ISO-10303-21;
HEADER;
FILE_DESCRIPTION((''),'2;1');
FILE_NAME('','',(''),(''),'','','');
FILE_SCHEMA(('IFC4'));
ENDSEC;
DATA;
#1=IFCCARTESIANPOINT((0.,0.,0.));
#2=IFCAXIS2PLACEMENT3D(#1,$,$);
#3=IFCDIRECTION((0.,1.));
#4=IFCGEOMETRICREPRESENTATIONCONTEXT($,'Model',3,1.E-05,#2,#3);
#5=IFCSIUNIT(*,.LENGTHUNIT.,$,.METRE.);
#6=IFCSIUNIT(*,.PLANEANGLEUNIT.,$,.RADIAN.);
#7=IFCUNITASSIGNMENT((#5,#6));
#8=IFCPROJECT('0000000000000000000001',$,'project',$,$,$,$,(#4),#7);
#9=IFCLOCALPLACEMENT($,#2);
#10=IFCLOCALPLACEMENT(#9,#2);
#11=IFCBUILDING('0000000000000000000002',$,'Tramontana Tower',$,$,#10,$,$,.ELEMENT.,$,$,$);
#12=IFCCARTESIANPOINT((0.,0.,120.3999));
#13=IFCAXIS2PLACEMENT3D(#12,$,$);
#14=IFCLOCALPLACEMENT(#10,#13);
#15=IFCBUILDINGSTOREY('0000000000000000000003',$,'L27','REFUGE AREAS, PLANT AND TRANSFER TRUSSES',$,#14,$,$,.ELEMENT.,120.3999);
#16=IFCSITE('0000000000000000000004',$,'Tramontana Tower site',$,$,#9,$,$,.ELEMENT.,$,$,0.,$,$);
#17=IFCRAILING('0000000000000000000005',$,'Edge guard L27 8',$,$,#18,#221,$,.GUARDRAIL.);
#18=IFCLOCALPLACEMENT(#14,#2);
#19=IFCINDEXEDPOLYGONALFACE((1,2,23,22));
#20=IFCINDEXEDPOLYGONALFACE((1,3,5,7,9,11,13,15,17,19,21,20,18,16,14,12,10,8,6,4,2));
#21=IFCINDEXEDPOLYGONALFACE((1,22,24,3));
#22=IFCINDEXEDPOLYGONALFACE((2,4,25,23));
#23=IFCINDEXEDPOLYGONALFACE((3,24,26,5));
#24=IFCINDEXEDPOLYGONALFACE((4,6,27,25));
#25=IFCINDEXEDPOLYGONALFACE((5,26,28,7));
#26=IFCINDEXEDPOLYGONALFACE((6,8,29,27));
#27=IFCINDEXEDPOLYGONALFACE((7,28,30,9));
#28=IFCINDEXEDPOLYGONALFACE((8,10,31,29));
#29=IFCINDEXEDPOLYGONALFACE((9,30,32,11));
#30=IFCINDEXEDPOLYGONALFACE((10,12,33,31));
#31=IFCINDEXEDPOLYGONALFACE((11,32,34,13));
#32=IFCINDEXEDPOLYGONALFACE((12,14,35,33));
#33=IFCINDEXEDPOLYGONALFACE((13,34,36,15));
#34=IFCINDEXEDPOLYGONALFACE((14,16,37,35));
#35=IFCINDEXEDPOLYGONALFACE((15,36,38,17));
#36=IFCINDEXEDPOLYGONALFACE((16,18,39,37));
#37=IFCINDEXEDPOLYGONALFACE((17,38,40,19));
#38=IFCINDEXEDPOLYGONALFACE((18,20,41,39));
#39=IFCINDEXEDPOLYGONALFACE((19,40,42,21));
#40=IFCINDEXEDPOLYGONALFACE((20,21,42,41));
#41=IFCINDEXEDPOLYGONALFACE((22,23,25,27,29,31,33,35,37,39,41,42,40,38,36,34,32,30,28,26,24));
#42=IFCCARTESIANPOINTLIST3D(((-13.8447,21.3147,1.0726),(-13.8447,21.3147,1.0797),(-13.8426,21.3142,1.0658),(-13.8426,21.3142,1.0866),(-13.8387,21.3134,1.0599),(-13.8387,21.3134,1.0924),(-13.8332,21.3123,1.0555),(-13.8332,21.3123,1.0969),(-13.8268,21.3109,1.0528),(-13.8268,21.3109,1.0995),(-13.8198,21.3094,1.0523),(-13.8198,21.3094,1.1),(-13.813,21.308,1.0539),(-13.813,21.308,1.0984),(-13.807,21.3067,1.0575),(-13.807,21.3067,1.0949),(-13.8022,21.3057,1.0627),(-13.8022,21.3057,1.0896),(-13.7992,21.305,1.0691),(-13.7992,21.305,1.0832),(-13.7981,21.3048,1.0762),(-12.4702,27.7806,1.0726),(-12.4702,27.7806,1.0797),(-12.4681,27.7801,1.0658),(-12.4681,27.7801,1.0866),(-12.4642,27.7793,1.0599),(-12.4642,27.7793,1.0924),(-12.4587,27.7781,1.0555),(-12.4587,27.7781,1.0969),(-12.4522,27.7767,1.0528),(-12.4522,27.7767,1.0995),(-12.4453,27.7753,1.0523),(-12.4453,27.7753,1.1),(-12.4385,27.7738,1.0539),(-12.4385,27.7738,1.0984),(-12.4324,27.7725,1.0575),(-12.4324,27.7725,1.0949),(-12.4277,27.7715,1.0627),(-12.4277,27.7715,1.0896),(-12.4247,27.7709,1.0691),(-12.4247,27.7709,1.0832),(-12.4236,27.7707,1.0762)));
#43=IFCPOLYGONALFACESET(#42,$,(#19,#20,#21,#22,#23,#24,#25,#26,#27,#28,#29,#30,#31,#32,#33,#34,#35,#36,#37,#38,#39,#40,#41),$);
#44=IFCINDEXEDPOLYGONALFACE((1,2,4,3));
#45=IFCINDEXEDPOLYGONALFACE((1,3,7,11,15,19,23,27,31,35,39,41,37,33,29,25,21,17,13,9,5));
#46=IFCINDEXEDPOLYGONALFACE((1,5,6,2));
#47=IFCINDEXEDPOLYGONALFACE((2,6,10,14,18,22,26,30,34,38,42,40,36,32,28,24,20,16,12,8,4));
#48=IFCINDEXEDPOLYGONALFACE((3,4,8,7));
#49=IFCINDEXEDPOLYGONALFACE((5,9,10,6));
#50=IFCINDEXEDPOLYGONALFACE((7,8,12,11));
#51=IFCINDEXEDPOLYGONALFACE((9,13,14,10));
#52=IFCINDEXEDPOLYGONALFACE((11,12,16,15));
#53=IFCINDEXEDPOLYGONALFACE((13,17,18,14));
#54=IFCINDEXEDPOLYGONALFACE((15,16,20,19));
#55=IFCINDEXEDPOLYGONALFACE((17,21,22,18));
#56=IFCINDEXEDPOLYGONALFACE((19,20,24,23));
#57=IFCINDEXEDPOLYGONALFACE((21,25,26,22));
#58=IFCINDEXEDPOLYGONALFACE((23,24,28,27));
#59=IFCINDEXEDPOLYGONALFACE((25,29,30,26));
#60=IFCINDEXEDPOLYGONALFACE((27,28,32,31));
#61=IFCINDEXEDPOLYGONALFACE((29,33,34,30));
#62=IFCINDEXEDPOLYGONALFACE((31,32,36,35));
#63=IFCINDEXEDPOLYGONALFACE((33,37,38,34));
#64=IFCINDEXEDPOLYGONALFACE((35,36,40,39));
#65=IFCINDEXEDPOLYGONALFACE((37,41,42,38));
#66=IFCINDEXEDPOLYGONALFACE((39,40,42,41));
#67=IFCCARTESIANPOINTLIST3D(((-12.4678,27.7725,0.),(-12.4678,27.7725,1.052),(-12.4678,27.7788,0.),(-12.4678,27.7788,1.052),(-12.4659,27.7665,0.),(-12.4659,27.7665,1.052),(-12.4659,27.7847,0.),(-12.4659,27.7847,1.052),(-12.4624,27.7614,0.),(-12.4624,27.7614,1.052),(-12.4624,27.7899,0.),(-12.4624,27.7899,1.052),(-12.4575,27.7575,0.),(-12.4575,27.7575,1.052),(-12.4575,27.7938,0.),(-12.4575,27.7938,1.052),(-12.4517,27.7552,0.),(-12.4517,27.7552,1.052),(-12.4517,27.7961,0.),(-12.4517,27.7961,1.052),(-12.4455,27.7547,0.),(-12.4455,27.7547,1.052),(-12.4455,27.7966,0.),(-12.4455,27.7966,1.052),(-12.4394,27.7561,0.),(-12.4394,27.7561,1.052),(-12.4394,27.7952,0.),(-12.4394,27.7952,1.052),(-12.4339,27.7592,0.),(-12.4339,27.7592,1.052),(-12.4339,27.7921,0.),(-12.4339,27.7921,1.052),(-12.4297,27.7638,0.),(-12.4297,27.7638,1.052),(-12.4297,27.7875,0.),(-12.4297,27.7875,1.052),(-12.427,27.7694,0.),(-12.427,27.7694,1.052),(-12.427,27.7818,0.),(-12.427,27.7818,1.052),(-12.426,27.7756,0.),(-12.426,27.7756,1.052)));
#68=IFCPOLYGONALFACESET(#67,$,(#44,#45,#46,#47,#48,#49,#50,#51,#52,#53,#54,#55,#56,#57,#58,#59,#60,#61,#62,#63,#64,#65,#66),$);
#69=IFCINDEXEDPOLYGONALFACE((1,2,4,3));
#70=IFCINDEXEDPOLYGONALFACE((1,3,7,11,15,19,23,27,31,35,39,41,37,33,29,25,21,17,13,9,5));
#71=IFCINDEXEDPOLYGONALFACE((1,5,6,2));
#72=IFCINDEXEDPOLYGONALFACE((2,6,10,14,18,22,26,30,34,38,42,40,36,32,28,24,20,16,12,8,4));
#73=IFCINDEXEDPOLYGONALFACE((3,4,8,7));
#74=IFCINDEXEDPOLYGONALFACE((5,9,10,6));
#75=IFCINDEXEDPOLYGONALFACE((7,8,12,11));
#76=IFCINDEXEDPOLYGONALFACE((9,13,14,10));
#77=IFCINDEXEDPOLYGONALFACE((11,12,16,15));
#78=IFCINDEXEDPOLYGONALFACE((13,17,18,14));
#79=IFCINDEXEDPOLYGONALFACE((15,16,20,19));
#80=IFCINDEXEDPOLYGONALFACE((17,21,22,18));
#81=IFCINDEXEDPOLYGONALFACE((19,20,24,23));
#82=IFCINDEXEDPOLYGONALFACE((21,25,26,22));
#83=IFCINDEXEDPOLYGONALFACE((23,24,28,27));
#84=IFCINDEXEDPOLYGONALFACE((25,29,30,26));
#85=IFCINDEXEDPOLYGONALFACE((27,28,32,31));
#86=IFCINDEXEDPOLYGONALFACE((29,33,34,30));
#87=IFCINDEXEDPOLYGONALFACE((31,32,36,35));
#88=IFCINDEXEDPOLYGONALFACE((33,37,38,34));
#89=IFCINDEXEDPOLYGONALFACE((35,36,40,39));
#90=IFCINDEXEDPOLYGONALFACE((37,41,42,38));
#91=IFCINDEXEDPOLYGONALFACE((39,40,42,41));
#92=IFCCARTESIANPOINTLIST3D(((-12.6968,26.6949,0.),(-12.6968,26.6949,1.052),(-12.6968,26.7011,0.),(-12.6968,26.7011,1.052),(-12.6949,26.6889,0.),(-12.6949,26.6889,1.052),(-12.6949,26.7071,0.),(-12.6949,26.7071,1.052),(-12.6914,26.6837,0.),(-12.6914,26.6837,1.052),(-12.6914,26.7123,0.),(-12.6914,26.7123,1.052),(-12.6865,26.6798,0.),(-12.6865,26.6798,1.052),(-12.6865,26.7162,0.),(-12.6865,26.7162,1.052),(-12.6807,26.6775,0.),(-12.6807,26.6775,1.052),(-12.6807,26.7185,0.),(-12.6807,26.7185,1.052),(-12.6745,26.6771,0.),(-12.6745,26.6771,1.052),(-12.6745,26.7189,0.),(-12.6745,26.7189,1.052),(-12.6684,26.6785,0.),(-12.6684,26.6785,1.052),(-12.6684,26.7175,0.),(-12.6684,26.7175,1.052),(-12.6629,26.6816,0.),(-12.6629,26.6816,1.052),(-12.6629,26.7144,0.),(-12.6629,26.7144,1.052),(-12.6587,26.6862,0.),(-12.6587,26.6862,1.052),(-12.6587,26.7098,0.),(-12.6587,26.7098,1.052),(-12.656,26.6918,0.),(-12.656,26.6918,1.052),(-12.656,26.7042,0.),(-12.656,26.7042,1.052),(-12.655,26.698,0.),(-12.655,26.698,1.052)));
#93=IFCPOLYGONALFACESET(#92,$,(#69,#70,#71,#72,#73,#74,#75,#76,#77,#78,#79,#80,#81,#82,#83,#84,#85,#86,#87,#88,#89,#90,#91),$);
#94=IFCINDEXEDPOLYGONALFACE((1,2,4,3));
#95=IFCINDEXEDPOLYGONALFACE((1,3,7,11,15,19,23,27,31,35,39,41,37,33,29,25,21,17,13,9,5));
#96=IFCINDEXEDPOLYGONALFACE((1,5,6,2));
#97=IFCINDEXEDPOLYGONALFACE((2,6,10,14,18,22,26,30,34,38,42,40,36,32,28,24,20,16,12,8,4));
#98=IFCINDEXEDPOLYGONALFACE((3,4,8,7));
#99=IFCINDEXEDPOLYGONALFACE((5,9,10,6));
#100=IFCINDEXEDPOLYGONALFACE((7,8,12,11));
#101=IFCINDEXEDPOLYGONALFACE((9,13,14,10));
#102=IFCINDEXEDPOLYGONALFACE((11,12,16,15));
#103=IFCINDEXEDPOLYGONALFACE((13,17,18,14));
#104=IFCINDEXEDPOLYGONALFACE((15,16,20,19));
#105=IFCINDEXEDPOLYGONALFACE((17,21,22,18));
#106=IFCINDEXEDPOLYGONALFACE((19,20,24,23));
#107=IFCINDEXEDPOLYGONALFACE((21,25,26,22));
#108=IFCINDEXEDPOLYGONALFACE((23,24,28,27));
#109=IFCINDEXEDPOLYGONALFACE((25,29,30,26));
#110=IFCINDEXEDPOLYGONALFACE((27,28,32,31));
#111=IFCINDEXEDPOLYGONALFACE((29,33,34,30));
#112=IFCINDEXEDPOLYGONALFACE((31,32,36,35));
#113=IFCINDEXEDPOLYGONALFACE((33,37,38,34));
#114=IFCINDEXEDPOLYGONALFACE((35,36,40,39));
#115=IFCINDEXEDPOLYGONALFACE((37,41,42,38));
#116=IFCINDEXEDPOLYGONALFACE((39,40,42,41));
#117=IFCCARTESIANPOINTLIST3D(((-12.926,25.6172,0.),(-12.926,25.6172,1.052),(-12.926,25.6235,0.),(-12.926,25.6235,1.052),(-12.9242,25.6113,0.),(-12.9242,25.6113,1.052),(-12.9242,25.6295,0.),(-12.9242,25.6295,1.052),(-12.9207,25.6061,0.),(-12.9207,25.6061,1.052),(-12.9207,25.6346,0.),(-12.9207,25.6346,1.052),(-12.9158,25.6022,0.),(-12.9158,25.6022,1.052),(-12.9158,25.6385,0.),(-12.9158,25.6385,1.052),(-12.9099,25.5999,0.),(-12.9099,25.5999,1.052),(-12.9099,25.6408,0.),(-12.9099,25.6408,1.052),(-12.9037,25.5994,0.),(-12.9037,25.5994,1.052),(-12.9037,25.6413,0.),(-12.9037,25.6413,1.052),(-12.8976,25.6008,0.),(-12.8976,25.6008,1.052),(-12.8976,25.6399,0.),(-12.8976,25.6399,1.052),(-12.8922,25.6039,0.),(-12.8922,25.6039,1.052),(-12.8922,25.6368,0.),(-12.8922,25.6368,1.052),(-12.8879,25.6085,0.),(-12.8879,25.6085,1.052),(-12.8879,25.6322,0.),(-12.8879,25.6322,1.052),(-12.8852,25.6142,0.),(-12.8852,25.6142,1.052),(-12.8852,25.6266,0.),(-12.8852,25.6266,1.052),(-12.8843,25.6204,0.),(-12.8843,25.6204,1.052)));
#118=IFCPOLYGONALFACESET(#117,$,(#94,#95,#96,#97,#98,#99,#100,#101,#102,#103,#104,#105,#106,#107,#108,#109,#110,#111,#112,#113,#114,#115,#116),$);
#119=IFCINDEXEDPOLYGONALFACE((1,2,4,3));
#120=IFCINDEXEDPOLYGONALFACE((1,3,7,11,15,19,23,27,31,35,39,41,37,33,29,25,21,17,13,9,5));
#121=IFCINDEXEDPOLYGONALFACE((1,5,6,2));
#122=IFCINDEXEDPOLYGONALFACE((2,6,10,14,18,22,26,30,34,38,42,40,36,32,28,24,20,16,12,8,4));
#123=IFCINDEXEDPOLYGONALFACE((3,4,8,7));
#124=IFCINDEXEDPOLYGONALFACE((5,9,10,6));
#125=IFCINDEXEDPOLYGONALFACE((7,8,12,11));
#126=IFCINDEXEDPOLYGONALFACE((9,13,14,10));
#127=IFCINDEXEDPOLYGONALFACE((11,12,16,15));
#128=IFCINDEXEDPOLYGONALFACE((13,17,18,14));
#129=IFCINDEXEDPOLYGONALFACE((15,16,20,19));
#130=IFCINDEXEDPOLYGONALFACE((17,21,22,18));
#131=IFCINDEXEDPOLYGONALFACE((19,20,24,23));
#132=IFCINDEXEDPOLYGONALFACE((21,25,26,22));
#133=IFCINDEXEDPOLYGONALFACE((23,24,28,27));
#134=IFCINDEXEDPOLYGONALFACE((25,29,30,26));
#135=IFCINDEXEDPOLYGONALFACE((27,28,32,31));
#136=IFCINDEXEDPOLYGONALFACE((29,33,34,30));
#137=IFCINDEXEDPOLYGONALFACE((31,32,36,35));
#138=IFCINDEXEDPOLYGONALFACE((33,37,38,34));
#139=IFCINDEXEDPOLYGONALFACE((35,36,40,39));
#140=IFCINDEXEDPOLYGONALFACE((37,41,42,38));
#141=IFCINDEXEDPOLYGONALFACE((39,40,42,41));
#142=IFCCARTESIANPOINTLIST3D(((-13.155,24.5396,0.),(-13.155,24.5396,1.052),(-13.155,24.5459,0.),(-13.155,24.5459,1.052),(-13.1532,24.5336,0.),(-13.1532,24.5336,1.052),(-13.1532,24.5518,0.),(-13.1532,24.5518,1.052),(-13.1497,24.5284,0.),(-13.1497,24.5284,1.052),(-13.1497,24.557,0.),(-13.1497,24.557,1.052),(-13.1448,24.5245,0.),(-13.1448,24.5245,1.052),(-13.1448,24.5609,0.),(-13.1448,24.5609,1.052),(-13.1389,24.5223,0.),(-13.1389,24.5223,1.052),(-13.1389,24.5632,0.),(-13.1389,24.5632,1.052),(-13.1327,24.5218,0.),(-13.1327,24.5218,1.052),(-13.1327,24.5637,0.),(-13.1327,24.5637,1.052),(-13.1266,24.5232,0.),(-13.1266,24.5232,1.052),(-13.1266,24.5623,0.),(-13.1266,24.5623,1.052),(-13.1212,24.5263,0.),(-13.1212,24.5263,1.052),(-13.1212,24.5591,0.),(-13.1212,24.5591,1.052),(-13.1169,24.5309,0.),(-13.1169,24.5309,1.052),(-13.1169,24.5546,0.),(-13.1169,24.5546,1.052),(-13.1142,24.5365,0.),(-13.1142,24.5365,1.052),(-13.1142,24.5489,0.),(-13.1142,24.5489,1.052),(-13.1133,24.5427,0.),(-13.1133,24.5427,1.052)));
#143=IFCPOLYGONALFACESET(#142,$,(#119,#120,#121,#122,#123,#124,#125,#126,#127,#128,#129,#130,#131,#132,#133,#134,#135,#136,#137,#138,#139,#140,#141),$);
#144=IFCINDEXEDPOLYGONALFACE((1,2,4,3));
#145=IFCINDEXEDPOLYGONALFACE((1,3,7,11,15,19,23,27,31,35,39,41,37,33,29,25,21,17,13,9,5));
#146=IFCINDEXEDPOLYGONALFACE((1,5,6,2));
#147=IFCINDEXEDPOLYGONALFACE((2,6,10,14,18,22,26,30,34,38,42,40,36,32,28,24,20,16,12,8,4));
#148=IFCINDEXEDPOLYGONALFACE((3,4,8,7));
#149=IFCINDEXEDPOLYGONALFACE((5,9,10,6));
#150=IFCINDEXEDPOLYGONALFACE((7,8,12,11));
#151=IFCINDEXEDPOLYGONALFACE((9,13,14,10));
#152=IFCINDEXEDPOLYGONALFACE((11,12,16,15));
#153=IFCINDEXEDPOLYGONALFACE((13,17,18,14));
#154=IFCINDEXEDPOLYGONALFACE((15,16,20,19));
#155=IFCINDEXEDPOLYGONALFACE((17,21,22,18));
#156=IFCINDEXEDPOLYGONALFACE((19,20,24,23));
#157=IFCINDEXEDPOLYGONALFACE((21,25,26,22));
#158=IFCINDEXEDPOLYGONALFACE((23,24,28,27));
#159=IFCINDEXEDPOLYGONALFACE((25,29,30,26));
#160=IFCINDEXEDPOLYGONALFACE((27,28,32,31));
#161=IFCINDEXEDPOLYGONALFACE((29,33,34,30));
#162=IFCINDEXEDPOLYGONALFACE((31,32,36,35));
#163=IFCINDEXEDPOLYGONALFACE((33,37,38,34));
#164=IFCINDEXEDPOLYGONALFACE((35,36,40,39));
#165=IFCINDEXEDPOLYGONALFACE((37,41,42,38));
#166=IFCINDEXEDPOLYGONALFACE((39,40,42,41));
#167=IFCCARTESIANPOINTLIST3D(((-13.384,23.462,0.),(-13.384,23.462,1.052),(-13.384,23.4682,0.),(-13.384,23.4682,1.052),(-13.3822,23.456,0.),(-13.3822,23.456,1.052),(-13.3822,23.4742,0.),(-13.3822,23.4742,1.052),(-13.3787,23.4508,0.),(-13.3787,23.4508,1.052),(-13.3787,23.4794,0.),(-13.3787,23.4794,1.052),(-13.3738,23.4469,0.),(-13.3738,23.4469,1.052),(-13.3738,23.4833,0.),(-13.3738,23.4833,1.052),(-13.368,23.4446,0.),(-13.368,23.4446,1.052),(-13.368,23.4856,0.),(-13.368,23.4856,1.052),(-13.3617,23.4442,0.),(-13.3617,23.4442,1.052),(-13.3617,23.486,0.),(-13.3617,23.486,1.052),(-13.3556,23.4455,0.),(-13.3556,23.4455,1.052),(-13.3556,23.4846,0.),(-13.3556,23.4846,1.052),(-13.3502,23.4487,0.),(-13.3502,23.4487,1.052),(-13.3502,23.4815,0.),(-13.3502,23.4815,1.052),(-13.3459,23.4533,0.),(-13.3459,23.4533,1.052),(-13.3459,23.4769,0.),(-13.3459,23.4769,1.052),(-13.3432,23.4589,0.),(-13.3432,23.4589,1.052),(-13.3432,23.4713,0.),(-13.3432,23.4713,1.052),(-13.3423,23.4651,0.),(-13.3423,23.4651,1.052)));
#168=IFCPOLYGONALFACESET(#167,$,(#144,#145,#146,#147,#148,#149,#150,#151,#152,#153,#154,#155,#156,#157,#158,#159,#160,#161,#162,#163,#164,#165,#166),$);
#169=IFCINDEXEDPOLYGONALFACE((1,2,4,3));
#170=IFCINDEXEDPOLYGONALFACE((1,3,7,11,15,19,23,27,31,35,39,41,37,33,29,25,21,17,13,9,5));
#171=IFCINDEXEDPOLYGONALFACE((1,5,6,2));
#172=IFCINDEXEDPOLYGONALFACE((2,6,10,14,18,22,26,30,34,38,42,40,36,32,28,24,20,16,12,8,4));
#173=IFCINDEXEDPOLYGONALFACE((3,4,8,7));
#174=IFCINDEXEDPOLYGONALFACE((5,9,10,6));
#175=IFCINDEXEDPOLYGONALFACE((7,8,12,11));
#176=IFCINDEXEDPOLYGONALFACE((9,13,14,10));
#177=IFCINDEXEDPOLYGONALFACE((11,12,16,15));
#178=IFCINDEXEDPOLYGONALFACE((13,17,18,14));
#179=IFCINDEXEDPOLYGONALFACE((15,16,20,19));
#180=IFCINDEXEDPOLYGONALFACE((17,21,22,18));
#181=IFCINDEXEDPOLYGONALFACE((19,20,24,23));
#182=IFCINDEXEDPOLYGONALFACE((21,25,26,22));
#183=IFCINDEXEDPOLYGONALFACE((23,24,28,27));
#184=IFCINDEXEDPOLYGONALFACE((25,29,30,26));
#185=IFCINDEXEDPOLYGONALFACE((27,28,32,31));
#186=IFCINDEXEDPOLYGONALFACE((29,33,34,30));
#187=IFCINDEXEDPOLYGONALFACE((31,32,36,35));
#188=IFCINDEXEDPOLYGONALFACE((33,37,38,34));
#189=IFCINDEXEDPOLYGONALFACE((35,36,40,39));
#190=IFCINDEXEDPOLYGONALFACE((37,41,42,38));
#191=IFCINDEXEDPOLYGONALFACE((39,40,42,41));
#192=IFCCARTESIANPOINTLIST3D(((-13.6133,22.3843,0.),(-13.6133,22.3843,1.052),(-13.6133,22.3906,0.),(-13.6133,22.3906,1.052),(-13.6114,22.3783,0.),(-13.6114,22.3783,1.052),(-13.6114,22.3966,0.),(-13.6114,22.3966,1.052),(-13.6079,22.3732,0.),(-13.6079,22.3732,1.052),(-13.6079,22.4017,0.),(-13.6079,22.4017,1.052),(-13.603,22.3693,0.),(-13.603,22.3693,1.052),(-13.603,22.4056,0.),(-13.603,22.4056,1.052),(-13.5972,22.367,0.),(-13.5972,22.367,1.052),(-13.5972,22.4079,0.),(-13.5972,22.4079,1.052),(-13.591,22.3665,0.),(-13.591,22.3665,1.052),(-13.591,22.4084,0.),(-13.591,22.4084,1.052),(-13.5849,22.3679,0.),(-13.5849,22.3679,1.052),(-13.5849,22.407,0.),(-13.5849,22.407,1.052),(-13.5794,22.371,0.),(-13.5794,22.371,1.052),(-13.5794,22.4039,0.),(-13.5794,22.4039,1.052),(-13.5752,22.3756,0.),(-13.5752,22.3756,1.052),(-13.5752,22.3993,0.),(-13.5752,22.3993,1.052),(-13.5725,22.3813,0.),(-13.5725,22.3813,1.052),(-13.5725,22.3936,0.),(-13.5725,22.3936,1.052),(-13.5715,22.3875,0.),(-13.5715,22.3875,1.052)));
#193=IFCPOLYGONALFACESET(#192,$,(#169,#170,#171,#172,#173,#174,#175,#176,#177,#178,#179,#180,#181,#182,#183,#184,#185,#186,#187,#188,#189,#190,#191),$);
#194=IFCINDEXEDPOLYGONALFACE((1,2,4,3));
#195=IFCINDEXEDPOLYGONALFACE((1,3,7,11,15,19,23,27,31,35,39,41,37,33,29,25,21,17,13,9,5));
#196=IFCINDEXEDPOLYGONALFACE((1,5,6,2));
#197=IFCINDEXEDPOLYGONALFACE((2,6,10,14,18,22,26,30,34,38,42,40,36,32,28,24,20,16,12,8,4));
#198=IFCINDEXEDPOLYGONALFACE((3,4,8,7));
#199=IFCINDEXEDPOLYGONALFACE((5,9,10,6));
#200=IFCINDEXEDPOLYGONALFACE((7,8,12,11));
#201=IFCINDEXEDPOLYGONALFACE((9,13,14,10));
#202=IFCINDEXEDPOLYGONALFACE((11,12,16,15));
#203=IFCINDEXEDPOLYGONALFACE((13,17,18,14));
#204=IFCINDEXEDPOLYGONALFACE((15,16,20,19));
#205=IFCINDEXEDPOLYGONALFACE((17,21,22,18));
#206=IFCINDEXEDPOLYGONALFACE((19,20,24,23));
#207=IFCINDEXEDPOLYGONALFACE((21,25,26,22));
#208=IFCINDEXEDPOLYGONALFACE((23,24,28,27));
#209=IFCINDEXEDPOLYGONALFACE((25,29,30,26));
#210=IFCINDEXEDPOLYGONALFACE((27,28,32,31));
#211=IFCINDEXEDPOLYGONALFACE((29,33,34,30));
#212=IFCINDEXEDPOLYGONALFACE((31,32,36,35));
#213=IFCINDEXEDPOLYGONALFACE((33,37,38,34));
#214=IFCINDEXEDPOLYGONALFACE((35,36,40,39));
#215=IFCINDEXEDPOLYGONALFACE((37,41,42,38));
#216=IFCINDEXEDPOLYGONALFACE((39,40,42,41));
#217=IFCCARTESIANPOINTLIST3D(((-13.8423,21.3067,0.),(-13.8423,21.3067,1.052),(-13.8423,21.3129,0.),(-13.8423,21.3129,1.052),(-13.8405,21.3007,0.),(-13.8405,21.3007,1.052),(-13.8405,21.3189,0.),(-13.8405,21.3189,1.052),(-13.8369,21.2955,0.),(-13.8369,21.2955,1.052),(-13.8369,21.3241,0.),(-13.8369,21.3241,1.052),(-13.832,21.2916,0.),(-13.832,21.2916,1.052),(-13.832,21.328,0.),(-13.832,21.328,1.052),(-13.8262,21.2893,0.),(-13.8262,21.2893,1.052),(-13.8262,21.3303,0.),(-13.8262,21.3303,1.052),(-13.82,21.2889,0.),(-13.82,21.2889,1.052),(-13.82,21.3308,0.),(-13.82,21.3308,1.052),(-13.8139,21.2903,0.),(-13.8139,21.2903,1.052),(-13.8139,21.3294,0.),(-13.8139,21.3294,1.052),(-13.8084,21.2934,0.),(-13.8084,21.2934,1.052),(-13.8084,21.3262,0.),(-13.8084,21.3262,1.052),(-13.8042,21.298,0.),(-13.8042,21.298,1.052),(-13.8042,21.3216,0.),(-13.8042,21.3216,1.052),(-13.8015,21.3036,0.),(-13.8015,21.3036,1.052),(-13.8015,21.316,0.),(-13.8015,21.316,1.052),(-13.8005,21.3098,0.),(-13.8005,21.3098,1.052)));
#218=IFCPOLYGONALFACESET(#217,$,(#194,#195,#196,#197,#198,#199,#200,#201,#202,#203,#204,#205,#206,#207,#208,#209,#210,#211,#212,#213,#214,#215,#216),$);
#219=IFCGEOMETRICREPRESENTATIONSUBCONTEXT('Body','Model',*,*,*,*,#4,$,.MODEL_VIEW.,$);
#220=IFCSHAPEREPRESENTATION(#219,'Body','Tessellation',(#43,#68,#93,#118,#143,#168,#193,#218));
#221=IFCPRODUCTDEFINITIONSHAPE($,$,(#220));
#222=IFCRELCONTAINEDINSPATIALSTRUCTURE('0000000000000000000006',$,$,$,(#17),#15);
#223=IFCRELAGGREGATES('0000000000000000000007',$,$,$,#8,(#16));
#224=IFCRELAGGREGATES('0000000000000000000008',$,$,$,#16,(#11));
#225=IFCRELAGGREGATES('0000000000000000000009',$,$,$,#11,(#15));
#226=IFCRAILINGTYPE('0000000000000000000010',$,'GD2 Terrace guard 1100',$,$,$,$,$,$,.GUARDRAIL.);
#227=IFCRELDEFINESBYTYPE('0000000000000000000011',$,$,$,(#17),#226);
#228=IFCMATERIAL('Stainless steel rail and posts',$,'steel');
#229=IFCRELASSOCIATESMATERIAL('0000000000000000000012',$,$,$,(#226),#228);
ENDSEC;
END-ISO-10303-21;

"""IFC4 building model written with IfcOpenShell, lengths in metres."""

from ifc_helpers import new_model, si_unit, direction, frame, origin, origin_2d, place, context, subcontext, project, spatial, circle, extrude, material, type_object, element, save


model = new_model("IFC4")

# Units and contexts
model_context = context("Model", 3, precision=1e-05, world=origin(), true_north=direction((0.0, 1.0)))
body_context = subcontext(model_context, "Body", "Model", "MODEL_VIEW")
ifc_project = project(units=[si_unit("LENGTHUNIT", "METRE"), si_unit("PLANEANGLEUNIT", "RADIAN")], contexts=[model_context])

# Site, building, storey
site_placement = place(None, origin())
site = spatial("IfcSite", under=ifc_project, at=site_placement, Name="Tramontana Tower site", CompositionType="ELEMENT", RefElevation=0.0)
building_placement = place(site_placement, origin())
building = spatial("IfcBuilding", under=site, at=building_placement, Name="Tramontana Tower", CompositionType="ELEMENT")
storey_placement = place(building_placement, frame((0.0, 0.0, 120.3999)))
storey = spatial("IfcBuildingStorey", under=building, at=storey_placement, Name="L27", Description="REFUGE AREAS, PLANT AND TRANSFER TRUSSES", CompositionType="ELEMENT", Elevation=120.3999)

# Railing
ifc_material_1 = material(Name="Stainless steel rail and posts", Category="steel")
railing_type = type_object("IfcRailingType", Name="GD2 Terrace guard 1100", PredefinedType="GUARDRAIL", material=ifc_material_1)
railing_1_placement = place(storey_placement, frame((-12.447, 27.7756, 0.0)))
element("IfcRailing", 1, at=railing_1_placement, inside=storey, type_object=railing_type, Name="Edge guard L27 8", PredefinedType="GUARDRAIL", context=body_context, shape_type="SweptSolid", body=[
    extrude(circle(Radius=0.0239, at=origin_2d()), frame((0.0, 0.0, 1.0762), z_axis=(-0.207935, -0.978143, 0.0), x_axis=(0.978143, -0.207935, 0.0)), (0.0, 0.0, 1.0), 6.6104),
    extrude(circle(Radius=0.021, at=origin_2d()), origin(), (0.0, 0.0, 1.0), 1.052),
    extrude(circle(Radius=0.021, at=origin_2d()), frame((-0.229, -1.0776, 0.0)), (0.0, 0.0, 1.0), 1.052),
    extrude(circle(Radius=0.021, at=origin_2d()), frame((-0.4583, -2.1553, 0.0)), (0.0, 0.0, 1.0), 1.052),
    extrude(circle(Radius=0.021, at=origin_2d()), frame((-0.6873, -3.2329, 0.0)), (0.0, 0.0, 1.0), 1.052),
    extrude(circle(Radius=0.021, at=origin_2d()), frame((-0.9163, -4.3105, 0.0)), (0.0, 0.0, 1.0), 1.052),
    extrude(circle(Radius=0.021, at=origin_2d()), frame((-1.1455, -5.3882, 0.0)), (0.0, 0.0, 1.0), 1.052),
    extrude(circle(Radius=0.021, at=origin_2d()), frame((-1.3745, -6.4658, 0.0)), (0.0, 0.0, 1.0), 1.052),
])

save(model, "model.ifc")
